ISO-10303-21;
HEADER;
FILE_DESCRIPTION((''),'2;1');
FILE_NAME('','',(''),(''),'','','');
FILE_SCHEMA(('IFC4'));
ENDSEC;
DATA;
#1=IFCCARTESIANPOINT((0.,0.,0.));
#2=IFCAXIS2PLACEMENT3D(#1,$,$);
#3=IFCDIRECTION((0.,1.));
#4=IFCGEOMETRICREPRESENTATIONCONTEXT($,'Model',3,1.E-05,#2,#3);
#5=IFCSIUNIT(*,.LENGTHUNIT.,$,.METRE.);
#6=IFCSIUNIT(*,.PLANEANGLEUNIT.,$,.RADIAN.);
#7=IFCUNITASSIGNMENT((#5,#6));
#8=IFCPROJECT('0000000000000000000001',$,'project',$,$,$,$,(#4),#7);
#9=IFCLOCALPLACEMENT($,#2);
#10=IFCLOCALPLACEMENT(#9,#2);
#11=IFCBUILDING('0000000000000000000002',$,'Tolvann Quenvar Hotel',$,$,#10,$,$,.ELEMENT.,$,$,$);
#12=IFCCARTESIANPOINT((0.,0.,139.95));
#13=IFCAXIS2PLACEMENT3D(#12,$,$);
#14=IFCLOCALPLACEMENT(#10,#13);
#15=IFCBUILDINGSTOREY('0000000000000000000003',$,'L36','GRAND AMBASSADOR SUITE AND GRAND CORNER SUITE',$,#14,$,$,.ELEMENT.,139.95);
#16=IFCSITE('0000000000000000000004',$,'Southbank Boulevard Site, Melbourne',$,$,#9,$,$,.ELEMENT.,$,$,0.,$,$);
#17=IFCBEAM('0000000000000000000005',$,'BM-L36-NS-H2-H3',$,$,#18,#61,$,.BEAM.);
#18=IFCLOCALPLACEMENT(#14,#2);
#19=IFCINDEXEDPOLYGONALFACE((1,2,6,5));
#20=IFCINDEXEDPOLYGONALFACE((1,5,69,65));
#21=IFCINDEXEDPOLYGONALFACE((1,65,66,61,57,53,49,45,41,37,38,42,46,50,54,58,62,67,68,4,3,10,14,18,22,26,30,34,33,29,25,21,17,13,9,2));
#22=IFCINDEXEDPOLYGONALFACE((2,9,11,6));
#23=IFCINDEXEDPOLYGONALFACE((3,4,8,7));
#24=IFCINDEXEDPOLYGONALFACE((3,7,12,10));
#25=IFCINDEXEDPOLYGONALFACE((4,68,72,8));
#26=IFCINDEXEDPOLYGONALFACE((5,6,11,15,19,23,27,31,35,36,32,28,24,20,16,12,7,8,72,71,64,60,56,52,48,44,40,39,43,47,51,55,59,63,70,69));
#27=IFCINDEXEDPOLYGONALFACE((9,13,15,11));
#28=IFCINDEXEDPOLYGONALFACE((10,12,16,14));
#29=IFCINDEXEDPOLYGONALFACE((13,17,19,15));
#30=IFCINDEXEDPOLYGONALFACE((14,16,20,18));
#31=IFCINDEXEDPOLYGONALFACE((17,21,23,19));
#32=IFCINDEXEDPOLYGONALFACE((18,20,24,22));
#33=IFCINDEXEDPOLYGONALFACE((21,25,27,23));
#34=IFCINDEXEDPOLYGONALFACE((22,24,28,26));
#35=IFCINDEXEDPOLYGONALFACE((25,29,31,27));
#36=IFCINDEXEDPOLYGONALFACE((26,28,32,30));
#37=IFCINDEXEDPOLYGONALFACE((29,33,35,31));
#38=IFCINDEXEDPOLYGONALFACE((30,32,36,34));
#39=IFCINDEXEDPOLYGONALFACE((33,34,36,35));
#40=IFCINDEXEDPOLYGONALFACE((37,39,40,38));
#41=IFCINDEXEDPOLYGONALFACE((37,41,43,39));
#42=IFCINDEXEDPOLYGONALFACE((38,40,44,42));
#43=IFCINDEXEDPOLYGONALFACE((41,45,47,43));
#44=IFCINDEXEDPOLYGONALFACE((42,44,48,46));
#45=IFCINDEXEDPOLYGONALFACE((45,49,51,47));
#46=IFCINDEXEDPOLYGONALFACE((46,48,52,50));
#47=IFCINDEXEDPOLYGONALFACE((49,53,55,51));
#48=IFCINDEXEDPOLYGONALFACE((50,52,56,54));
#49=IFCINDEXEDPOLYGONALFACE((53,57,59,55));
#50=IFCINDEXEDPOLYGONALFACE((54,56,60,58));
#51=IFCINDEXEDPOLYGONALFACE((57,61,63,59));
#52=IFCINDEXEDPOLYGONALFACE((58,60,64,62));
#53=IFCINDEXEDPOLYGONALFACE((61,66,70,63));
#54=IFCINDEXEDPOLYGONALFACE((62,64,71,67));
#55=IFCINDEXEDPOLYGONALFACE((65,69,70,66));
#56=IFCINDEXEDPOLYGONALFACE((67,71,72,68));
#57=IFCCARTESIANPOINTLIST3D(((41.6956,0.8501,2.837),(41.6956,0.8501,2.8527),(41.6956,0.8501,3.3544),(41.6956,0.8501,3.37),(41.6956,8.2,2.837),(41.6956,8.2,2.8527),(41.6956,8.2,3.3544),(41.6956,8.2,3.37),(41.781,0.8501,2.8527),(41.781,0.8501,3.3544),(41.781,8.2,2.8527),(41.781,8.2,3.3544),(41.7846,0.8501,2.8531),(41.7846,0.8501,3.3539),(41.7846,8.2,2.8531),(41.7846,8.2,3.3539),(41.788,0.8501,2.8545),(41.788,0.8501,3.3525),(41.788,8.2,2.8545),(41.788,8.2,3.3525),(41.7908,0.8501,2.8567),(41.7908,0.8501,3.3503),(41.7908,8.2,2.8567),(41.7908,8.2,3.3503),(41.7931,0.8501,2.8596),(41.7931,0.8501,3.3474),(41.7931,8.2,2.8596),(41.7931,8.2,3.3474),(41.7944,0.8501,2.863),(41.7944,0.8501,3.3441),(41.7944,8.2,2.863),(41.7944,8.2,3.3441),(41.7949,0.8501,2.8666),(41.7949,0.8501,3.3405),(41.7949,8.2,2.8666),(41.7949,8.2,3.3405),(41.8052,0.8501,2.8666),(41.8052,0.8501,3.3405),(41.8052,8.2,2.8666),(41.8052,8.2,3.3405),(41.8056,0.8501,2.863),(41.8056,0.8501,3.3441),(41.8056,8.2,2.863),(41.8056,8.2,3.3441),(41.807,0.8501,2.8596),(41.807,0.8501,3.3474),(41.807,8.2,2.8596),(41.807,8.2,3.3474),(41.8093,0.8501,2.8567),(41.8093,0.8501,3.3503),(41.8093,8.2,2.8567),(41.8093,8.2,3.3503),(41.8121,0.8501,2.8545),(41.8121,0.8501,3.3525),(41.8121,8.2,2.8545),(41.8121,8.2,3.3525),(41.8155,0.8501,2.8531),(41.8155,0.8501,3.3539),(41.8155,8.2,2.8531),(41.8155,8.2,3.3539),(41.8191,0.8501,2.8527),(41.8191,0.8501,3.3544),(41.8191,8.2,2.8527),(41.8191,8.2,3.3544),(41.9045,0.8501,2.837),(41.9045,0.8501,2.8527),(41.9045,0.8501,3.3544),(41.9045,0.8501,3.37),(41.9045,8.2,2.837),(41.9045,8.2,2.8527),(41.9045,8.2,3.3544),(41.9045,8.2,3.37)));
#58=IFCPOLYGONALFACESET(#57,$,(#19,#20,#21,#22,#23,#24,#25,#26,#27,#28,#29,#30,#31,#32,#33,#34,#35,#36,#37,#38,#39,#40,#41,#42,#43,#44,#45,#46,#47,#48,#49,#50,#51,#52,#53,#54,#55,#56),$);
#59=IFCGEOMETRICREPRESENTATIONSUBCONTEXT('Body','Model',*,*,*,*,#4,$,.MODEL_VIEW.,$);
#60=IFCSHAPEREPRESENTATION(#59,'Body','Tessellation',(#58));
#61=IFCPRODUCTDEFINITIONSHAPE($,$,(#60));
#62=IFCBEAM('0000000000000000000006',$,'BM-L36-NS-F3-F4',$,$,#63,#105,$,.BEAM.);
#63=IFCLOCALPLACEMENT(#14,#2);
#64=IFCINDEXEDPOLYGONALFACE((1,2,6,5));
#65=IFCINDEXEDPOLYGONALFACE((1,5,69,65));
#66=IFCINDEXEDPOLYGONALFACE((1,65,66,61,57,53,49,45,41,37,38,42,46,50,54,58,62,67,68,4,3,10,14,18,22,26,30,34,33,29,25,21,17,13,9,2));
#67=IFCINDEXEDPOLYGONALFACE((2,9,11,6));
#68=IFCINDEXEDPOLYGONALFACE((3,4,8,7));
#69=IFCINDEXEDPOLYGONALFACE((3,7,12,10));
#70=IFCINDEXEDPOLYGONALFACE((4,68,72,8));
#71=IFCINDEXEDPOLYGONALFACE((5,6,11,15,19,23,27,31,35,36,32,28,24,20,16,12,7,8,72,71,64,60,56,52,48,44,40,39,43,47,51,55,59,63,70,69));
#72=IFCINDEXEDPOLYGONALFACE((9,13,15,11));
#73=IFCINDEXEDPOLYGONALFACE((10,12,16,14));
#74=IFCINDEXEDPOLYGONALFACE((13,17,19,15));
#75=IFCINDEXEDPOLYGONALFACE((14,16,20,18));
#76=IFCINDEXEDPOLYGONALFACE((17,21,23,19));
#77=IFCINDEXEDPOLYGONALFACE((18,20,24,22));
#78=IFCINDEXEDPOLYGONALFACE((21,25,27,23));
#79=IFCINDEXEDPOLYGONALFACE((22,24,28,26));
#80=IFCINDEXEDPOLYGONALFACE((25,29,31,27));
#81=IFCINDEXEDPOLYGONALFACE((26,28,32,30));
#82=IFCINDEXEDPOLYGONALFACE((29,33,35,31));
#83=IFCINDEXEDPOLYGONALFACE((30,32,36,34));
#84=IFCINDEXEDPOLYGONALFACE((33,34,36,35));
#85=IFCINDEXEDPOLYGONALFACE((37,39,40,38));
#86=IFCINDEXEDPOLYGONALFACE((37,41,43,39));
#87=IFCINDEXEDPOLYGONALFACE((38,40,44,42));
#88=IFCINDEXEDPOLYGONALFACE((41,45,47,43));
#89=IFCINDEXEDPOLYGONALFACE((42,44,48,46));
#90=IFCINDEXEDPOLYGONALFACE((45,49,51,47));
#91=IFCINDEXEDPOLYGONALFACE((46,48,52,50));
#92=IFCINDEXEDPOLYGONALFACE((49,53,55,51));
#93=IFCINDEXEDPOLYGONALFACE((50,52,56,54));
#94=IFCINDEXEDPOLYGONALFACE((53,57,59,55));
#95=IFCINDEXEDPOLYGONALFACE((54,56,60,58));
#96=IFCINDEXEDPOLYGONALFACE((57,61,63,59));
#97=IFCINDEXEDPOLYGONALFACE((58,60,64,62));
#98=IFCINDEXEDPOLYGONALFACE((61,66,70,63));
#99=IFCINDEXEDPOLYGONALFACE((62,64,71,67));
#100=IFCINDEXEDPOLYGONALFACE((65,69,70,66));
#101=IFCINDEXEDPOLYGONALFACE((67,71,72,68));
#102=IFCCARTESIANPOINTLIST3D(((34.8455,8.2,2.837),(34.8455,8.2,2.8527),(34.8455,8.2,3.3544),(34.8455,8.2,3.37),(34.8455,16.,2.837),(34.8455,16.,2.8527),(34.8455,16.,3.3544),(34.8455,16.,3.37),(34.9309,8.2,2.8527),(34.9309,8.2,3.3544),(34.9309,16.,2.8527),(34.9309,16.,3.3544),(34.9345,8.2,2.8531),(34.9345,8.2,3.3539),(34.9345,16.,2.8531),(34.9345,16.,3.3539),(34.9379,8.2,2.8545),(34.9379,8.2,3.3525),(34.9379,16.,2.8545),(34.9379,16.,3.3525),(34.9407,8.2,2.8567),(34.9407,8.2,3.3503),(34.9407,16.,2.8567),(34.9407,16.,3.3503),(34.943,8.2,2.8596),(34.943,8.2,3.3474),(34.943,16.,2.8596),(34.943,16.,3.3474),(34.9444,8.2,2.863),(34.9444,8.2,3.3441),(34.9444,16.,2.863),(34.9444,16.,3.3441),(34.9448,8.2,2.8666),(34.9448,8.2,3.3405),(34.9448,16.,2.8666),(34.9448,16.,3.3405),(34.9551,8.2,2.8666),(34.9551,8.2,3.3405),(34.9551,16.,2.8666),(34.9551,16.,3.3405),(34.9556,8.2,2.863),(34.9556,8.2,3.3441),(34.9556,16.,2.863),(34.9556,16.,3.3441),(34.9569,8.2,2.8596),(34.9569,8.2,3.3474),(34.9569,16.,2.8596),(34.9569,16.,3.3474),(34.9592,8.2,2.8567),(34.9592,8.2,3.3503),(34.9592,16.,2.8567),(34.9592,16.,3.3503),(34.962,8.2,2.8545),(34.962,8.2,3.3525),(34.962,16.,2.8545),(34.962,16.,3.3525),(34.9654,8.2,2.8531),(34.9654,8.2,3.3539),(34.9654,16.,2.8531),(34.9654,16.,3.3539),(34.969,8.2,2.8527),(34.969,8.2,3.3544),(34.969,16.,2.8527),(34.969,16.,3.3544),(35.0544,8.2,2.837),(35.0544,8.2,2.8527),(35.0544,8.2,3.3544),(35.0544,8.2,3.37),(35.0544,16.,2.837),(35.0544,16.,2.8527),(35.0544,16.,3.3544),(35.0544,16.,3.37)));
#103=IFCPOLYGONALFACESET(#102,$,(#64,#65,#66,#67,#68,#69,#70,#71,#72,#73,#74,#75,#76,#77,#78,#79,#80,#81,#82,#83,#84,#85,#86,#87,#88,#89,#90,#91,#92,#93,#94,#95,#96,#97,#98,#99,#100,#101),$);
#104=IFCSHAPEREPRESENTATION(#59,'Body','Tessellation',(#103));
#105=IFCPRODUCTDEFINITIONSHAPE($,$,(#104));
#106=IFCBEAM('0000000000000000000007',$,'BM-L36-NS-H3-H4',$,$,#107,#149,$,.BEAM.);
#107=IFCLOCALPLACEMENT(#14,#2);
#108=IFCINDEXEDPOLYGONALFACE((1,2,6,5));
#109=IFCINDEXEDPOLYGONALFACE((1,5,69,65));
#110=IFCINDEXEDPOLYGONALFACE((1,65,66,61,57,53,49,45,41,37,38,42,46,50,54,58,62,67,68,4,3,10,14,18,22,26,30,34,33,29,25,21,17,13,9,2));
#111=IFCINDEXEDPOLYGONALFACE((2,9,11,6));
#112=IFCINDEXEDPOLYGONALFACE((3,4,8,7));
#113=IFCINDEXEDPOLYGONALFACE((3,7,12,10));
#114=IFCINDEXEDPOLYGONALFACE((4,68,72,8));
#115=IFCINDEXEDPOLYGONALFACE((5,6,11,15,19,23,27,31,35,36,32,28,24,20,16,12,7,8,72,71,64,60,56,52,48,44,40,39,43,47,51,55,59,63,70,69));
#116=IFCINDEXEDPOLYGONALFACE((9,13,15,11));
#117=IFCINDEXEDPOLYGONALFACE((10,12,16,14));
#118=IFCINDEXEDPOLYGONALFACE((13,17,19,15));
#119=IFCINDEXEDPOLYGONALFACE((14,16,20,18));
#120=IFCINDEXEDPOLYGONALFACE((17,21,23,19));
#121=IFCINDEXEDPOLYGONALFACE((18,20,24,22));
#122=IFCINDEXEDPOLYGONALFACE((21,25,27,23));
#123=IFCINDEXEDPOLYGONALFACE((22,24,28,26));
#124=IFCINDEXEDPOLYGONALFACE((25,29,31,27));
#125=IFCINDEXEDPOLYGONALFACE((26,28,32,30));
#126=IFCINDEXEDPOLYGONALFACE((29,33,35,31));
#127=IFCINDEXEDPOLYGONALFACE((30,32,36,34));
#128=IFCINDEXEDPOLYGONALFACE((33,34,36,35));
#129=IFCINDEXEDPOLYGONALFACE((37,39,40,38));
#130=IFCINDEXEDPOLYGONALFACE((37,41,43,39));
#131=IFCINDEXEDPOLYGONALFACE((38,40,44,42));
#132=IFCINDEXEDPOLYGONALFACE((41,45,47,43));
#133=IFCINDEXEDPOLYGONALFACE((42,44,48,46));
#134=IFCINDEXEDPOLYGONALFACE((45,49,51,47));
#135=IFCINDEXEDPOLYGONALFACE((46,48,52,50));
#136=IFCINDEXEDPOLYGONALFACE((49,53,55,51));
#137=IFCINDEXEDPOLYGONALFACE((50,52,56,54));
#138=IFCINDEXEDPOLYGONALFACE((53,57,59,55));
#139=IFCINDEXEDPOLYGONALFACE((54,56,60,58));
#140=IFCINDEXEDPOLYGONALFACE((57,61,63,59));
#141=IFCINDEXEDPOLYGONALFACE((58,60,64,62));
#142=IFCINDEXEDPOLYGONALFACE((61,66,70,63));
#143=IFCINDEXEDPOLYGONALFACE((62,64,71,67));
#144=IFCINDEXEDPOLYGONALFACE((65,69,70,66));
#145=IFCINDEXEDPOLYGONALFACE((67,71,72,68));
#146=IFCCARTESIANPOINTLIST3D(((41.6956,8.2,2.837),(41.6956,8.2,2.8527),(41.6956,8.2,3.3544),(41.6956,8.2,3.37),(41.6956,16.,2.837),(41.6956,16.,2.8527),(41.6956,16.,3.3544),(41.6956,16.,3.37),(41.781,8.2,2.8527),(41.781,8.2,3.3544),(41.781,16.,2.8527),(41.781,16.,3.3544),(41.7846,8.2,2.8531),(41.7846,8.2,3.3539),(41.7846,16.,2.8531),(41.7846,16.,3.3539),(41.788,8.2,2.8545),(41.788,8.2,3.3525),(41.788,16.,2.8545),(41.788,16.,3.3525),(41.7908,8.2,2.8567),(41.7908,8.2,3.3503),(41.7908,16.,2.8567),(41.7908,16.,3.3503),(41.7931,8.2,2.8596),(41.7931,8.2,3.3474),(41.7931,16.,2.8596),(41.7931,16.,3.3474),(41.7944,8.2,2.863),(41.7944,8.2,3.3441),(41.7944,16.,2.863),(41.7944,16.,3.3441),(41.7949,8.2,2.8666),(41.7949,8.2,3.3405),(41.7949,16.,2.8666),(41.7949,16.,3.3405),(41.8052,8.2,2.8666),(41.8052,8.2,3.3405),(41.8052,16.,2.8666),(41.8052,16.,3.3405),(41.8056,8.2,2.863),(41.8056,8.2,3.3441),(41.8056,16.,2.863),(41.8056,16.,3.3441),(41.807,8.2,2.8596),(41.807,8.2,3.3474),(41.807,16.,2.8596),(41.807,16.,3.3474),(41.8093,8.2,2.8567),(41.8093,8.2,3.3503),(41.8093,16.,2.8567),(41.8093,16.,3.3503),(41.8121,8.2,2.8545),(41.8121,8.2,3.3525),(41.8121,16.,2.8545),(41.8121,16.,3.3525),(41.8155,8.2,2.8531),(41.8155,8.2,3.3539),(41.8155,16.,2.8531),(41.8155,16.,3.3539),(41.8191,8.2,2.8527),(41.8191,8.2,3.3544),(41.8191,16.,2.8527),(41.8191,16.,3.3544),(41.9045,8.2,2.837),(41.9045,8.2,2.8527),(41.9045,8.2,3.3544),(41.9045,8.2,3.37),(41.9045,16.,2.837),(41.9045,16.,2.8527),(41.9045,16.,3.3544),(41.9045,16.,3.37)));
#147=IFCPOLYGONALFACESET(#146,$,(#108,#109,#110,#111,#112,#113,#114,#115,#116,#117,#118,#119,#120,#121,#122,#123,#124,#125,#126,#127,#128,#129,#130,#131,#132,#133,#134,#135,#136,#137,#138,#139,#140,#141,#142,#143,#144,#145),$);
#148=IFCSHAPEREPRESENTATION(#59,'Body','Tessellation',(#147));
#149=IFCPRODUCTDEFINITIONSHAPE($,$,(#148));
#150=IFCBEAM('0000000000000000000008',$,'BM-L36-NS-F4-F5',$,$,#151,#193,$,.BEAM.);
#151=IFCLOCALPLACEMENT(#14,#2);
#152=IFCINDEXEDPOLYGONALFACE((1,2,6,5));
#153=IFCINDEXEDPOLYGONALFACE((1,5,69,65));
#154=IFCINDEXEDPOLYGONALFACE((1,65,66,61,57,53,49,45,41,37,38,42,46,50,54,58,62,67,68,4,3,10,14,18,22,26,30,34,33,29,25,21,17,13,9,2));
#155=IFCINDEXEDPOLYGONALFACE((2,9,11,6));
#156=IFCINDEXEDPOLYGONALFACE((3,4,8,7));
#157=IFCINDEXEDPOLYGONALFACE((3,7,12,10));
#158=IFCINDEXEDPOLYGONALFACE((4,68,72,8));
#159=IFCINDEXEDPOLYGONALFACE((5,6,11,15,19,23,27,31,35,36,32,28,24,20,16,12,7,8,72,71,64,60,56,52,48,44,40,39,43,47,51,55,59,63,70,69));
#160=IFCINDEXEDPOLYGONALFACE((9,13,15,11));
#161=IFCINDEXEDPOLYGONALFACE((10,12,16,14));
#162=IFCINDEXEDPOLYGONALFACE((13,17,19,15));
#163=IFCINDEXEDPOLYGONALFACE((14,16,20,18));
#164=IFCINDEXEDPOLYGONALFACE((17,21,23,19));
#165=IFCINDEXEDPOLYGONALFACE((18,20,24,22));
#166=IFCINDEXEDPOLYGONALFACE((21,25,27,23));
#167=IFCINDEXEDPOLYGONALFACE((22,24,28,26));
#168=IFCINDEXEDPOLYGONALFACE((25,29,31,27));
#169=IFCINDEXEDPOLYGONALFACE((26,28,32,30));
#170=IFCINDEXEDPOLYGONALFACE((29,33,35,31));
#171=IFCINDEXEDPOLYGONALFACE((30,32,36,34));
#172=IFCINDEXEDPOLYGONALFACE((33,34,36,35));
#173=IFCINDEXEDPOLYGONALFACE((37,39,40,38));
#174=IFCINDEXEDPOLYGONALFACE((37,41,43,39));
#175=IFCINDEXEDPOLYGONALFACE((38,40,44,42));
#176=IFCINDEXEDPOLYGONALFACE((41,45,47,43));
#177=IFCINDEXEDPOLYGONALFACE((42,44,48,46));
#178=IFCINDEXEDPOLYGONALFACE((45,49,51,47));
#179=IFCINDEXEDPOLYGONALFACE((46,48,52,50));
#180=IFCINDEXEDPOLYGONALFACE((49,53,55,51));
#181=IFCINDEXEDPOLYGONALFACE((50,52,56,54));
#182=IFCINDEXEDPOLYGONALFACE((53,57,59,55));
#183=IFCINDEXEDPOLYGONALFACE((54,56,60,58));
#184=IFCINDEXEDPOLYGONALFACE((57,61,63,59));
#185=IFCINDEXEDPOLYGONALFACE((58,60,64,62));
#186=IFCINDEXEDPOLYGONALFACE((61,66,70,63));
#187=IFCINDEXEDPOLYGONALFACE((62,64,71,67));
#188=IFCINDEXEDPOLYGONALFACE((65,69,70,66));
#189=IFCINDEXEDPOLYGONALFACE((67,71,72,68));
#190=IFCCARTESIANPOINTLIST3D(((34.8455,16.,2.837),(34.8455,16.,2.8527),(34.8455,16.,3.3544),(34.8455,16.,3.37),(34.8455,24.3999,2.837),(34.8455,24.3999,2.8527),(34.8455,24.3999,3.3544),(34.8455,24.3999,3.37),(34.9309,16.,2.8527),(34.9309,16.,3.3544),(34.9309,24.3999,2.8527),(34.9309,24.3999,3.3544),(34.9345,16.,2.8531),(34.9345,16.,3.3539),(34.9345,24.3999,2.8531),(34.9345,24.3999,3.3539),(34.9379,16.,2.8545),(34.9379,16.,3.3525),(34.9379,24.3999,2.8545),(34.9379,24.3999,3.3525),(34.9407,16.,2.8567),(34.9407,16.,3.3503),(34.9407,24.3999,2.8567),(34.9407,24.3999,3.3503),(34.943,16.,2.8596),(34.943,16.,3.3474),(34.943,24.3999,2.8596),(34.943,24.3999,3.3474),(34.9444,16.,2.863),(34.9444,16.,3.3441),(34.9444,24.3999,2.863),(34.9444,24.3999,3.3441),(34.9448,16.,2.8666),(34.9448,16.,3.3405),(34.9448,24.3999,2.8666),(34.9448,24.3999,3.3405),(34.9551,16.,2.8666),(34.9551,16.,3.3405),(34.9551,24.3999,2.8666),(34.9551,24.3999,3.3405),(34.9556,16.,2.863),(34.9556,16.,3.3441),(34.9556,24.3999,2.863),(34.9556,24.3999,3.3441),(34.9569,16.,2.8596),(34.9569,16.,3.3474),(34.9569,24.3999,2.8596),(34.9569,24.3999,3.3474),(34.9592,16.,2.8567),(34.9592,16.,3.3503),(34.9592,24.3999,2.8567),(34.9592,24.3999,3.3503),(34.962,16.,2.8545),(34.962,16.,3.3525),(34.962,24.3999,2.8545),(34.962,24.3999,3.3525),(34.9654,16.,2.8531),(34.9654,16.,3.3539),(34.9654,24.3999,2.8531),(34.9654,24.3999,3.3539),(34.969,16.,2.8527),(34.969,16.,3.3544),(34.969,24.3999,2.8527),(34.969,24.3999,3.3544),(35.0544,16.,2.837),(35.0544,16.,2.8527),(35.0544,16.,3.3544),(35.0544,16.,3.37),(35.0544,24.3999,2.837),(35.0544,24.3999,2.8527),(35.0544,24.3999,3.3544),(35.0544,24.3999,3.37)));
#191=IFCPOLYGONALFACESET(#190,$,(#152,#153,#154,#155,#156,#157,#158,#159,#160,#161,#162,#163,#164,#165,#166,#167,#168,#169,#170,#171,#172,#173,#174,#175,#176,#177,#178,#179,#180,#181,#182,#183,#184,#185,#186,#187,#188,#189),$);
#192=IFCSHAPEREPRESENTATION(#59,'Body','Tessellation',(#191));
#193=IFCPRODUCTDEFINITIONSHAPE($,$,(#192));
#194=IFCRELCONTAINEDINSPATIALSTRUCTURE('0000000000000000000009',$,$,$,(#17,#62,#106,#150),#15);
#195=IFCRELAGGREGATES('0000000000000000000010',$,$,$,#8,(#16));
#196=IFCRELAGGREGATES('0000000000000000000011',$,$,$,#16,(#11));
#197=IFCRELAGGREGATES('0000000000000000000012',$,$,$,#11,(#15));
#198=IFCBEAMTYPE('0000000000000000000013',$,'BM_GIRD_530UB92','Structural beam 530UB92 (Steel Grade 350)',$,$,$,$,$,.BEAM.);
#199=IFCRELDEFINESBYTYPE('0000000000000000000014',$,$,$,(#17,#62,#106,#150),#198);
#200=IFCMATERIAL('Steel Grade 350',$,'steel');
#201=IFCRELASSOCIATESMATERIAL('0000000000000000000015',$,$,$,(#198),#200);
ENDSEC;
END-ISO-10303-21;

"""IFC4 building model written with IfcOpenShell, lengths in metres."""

from ifc_helpers import new_model, si_unit, direction, frame, origin, origin_2d, place, context, subcontext, project, spatial, i_section, extrude, source, transform, mapped, material, material_profile, profile_set, type_object, type_shapes, element, save


model = new_model("IFC4")

# Units and contexts
model_context = context("Model", 3, precision=1e-05, world=origin(), true_north=direction((0.0, 1.0)))
body_context = subcontext(model_context, "Body", "Model", "MODEL_VIEW")
ifc_project = project(units=[si_unit("LENGTHUNIT", "METRE"), si_unit("PLANEANGLEUNIT", "RADIAN")], contexts=[model_context])

# Site, building, storey
site_placement = place(None, origin())
site = spatial("IfcSite", under=ifc_project, at=site_placement, Name="Southbank Boulevard Site, Melbourne", CompositionType="ELEMENT", RefElevation=0.0)
building_placement = place(site_placement, origin())
building = spatial("IfcBuilding", under=site, at=building_placement, Name="Tolvann Quenvar Hotel", CompositionType="ELEMENT")
storey_placement = place(building_placement, frame((0.0, 0.0, 139.95)))
storey = spatial("IfcBuildingStorey", under=building, at=storey_placement, Name="L36", Description="GRAND AMBASSADOR SUITE AND GRAND CORNER SUITE", CompositionType="ELEMENT", Elevation=139.95)

# Shared definitions
ifc_material_1 = material(Name="Steel Grade 350", Category="steel")

# Beams
ifc_material_profile_1 = material_profile(ifc_material_1, i_section(OverallWidth=0.209, OverallDepth=0.533, WebThickness=0.0103, FlangeThickness=0.0156, FilletRadius=0.0139, at=origin_2d()), Name="530UB92")
ifc_profile_set_1 = profile_set([ifc_material_profile_1], Name="Steel Grade 350")
beam_type_1 = type_object("IfcBeamType", Name="BM_GIRD_530UB92", Description="Structural beam 530UB92 (Steel Grade 350)", PredefinedType="BEAM", material=ifc_profile_set_1)
shared_shape_1 = source(origin(), body_context, "Body", "SweptSolid", [
    extrude(i_section(OverallWidth=0.209, OverallDepth=0.533, WebThickness=0.0103, FlangeThickness=0.0156, FilletRadius=0.0139, at=origin_2d()), origin(), (0.0, 0.0, 1.0), 7.3499),
])
for number, where, z_axis, x_axis, name in (
    (1, (41.8, 0.8501, 3.1035), (0.0, 1.0, 0.0), (-1.0, 0.0, 0.0), "BM-L36-NS-H2-H3"),
):
    element("IfcBeam", number, at=place(storey_placement, frame(where, z_axis=z_axis, x_axis=x_axis)), inside=storey, type_object=beam_type_1, Name=name, PredefinedType="BEAM", context=body_context, shape_type="MappedRepresentation", body=[
        mapped(shared_shape_1, transform((0.0, 0.0, 0.0), x_axis=(1.0, 0.0, 0.0), y_axis=(0.0, 1.0, 0.0), z_axis=(0.0, 0.0, 1.0), scale=1.0)),
    ])
shared_shape_2 = source(origin(), body_context, "Body", "SweptSolid", [
    extrude(i_section(OverallWidth=0.209, OverallDepth=0.533, WebThickness=0.0103, FlangeThickness=0.0156, FilletRadius=0.0139, at=origin_2d()), origin(), (0.0, 0.0, 1.0), 7.8),
])
for number, where, z_axis, x_axis, name in (
    (2, (34.95, 8.2, 3.1035), (0.0, 1.0, 0.0), (-1.0, 0.0, 0.0), "BM-L36-NS-F3-F4"),
    (3, (41.8, 8.2, 3.1035), (0.0, 1.0, 0.0), (-1.0, 0.0, 0.0), "BM-L36-NS-H3-H4"),
):
    element("IfcBeam", number, at=place(storey_placement, frame(where, z_axis=z_axis, x_axis=x_axis)), inside=storey, type_object=beam_type_1, Name=name, PredefinedType="BEAM", context=body_context, shape_type="MappedRepresentation", body=[
        mapped(shared_shape_2, transform((0.0, 0.0, 0.0), x_axis=(1.0, 0.0, 0.0), y_axis=(0.0, 1.0, 0.0), z_axis=(0.0, 0.0, 1.0), scale=1.0)),
    ])
shared_shape_3 = source(origin(), body_context, "Body", "SweptSolid", [
    extrude(i_section(OverallWidth=0.209, OverallDepth=0.533, WebThickness=0.0103, FlangeThickness=0.0156, FilletRadius=0.0139, at=origin_2d()), origin(), (0.0, 0.0, 1.0), 8.3999),
])
type_shapes(beam_type_1, [shared_shape_1, shared_shape_2, shared_shape_3])
for number, where, z_axis, x_axis, name in (
    (4, (34.95, 16.0, 3.1035), (0.0, 1.0, 0.0), (-1.0, 0.0, 0.0), "BM-L36-NS-F4-F5"),
):
    element("IfcBeam", number, at=place(storey_placement, frame(where, z_axis=z_axis, x_axis=x_axis)), inside=storey, type_object=beam_type_1, Name=name, PredefinedType="BEAM", context=body_context, shape_type="MappedRepresentation", body=[
        mapped(shared_shape_3, transform((0.0, 0.0, 0.0), x_axis=(1.0, 0.0, 0.0), y_axis=(0.0, 1.0, 0.0), z_axis=(0.0, 0.0, 1.0), scale=1.0)),
    ])

save(model, "model.ifc")
